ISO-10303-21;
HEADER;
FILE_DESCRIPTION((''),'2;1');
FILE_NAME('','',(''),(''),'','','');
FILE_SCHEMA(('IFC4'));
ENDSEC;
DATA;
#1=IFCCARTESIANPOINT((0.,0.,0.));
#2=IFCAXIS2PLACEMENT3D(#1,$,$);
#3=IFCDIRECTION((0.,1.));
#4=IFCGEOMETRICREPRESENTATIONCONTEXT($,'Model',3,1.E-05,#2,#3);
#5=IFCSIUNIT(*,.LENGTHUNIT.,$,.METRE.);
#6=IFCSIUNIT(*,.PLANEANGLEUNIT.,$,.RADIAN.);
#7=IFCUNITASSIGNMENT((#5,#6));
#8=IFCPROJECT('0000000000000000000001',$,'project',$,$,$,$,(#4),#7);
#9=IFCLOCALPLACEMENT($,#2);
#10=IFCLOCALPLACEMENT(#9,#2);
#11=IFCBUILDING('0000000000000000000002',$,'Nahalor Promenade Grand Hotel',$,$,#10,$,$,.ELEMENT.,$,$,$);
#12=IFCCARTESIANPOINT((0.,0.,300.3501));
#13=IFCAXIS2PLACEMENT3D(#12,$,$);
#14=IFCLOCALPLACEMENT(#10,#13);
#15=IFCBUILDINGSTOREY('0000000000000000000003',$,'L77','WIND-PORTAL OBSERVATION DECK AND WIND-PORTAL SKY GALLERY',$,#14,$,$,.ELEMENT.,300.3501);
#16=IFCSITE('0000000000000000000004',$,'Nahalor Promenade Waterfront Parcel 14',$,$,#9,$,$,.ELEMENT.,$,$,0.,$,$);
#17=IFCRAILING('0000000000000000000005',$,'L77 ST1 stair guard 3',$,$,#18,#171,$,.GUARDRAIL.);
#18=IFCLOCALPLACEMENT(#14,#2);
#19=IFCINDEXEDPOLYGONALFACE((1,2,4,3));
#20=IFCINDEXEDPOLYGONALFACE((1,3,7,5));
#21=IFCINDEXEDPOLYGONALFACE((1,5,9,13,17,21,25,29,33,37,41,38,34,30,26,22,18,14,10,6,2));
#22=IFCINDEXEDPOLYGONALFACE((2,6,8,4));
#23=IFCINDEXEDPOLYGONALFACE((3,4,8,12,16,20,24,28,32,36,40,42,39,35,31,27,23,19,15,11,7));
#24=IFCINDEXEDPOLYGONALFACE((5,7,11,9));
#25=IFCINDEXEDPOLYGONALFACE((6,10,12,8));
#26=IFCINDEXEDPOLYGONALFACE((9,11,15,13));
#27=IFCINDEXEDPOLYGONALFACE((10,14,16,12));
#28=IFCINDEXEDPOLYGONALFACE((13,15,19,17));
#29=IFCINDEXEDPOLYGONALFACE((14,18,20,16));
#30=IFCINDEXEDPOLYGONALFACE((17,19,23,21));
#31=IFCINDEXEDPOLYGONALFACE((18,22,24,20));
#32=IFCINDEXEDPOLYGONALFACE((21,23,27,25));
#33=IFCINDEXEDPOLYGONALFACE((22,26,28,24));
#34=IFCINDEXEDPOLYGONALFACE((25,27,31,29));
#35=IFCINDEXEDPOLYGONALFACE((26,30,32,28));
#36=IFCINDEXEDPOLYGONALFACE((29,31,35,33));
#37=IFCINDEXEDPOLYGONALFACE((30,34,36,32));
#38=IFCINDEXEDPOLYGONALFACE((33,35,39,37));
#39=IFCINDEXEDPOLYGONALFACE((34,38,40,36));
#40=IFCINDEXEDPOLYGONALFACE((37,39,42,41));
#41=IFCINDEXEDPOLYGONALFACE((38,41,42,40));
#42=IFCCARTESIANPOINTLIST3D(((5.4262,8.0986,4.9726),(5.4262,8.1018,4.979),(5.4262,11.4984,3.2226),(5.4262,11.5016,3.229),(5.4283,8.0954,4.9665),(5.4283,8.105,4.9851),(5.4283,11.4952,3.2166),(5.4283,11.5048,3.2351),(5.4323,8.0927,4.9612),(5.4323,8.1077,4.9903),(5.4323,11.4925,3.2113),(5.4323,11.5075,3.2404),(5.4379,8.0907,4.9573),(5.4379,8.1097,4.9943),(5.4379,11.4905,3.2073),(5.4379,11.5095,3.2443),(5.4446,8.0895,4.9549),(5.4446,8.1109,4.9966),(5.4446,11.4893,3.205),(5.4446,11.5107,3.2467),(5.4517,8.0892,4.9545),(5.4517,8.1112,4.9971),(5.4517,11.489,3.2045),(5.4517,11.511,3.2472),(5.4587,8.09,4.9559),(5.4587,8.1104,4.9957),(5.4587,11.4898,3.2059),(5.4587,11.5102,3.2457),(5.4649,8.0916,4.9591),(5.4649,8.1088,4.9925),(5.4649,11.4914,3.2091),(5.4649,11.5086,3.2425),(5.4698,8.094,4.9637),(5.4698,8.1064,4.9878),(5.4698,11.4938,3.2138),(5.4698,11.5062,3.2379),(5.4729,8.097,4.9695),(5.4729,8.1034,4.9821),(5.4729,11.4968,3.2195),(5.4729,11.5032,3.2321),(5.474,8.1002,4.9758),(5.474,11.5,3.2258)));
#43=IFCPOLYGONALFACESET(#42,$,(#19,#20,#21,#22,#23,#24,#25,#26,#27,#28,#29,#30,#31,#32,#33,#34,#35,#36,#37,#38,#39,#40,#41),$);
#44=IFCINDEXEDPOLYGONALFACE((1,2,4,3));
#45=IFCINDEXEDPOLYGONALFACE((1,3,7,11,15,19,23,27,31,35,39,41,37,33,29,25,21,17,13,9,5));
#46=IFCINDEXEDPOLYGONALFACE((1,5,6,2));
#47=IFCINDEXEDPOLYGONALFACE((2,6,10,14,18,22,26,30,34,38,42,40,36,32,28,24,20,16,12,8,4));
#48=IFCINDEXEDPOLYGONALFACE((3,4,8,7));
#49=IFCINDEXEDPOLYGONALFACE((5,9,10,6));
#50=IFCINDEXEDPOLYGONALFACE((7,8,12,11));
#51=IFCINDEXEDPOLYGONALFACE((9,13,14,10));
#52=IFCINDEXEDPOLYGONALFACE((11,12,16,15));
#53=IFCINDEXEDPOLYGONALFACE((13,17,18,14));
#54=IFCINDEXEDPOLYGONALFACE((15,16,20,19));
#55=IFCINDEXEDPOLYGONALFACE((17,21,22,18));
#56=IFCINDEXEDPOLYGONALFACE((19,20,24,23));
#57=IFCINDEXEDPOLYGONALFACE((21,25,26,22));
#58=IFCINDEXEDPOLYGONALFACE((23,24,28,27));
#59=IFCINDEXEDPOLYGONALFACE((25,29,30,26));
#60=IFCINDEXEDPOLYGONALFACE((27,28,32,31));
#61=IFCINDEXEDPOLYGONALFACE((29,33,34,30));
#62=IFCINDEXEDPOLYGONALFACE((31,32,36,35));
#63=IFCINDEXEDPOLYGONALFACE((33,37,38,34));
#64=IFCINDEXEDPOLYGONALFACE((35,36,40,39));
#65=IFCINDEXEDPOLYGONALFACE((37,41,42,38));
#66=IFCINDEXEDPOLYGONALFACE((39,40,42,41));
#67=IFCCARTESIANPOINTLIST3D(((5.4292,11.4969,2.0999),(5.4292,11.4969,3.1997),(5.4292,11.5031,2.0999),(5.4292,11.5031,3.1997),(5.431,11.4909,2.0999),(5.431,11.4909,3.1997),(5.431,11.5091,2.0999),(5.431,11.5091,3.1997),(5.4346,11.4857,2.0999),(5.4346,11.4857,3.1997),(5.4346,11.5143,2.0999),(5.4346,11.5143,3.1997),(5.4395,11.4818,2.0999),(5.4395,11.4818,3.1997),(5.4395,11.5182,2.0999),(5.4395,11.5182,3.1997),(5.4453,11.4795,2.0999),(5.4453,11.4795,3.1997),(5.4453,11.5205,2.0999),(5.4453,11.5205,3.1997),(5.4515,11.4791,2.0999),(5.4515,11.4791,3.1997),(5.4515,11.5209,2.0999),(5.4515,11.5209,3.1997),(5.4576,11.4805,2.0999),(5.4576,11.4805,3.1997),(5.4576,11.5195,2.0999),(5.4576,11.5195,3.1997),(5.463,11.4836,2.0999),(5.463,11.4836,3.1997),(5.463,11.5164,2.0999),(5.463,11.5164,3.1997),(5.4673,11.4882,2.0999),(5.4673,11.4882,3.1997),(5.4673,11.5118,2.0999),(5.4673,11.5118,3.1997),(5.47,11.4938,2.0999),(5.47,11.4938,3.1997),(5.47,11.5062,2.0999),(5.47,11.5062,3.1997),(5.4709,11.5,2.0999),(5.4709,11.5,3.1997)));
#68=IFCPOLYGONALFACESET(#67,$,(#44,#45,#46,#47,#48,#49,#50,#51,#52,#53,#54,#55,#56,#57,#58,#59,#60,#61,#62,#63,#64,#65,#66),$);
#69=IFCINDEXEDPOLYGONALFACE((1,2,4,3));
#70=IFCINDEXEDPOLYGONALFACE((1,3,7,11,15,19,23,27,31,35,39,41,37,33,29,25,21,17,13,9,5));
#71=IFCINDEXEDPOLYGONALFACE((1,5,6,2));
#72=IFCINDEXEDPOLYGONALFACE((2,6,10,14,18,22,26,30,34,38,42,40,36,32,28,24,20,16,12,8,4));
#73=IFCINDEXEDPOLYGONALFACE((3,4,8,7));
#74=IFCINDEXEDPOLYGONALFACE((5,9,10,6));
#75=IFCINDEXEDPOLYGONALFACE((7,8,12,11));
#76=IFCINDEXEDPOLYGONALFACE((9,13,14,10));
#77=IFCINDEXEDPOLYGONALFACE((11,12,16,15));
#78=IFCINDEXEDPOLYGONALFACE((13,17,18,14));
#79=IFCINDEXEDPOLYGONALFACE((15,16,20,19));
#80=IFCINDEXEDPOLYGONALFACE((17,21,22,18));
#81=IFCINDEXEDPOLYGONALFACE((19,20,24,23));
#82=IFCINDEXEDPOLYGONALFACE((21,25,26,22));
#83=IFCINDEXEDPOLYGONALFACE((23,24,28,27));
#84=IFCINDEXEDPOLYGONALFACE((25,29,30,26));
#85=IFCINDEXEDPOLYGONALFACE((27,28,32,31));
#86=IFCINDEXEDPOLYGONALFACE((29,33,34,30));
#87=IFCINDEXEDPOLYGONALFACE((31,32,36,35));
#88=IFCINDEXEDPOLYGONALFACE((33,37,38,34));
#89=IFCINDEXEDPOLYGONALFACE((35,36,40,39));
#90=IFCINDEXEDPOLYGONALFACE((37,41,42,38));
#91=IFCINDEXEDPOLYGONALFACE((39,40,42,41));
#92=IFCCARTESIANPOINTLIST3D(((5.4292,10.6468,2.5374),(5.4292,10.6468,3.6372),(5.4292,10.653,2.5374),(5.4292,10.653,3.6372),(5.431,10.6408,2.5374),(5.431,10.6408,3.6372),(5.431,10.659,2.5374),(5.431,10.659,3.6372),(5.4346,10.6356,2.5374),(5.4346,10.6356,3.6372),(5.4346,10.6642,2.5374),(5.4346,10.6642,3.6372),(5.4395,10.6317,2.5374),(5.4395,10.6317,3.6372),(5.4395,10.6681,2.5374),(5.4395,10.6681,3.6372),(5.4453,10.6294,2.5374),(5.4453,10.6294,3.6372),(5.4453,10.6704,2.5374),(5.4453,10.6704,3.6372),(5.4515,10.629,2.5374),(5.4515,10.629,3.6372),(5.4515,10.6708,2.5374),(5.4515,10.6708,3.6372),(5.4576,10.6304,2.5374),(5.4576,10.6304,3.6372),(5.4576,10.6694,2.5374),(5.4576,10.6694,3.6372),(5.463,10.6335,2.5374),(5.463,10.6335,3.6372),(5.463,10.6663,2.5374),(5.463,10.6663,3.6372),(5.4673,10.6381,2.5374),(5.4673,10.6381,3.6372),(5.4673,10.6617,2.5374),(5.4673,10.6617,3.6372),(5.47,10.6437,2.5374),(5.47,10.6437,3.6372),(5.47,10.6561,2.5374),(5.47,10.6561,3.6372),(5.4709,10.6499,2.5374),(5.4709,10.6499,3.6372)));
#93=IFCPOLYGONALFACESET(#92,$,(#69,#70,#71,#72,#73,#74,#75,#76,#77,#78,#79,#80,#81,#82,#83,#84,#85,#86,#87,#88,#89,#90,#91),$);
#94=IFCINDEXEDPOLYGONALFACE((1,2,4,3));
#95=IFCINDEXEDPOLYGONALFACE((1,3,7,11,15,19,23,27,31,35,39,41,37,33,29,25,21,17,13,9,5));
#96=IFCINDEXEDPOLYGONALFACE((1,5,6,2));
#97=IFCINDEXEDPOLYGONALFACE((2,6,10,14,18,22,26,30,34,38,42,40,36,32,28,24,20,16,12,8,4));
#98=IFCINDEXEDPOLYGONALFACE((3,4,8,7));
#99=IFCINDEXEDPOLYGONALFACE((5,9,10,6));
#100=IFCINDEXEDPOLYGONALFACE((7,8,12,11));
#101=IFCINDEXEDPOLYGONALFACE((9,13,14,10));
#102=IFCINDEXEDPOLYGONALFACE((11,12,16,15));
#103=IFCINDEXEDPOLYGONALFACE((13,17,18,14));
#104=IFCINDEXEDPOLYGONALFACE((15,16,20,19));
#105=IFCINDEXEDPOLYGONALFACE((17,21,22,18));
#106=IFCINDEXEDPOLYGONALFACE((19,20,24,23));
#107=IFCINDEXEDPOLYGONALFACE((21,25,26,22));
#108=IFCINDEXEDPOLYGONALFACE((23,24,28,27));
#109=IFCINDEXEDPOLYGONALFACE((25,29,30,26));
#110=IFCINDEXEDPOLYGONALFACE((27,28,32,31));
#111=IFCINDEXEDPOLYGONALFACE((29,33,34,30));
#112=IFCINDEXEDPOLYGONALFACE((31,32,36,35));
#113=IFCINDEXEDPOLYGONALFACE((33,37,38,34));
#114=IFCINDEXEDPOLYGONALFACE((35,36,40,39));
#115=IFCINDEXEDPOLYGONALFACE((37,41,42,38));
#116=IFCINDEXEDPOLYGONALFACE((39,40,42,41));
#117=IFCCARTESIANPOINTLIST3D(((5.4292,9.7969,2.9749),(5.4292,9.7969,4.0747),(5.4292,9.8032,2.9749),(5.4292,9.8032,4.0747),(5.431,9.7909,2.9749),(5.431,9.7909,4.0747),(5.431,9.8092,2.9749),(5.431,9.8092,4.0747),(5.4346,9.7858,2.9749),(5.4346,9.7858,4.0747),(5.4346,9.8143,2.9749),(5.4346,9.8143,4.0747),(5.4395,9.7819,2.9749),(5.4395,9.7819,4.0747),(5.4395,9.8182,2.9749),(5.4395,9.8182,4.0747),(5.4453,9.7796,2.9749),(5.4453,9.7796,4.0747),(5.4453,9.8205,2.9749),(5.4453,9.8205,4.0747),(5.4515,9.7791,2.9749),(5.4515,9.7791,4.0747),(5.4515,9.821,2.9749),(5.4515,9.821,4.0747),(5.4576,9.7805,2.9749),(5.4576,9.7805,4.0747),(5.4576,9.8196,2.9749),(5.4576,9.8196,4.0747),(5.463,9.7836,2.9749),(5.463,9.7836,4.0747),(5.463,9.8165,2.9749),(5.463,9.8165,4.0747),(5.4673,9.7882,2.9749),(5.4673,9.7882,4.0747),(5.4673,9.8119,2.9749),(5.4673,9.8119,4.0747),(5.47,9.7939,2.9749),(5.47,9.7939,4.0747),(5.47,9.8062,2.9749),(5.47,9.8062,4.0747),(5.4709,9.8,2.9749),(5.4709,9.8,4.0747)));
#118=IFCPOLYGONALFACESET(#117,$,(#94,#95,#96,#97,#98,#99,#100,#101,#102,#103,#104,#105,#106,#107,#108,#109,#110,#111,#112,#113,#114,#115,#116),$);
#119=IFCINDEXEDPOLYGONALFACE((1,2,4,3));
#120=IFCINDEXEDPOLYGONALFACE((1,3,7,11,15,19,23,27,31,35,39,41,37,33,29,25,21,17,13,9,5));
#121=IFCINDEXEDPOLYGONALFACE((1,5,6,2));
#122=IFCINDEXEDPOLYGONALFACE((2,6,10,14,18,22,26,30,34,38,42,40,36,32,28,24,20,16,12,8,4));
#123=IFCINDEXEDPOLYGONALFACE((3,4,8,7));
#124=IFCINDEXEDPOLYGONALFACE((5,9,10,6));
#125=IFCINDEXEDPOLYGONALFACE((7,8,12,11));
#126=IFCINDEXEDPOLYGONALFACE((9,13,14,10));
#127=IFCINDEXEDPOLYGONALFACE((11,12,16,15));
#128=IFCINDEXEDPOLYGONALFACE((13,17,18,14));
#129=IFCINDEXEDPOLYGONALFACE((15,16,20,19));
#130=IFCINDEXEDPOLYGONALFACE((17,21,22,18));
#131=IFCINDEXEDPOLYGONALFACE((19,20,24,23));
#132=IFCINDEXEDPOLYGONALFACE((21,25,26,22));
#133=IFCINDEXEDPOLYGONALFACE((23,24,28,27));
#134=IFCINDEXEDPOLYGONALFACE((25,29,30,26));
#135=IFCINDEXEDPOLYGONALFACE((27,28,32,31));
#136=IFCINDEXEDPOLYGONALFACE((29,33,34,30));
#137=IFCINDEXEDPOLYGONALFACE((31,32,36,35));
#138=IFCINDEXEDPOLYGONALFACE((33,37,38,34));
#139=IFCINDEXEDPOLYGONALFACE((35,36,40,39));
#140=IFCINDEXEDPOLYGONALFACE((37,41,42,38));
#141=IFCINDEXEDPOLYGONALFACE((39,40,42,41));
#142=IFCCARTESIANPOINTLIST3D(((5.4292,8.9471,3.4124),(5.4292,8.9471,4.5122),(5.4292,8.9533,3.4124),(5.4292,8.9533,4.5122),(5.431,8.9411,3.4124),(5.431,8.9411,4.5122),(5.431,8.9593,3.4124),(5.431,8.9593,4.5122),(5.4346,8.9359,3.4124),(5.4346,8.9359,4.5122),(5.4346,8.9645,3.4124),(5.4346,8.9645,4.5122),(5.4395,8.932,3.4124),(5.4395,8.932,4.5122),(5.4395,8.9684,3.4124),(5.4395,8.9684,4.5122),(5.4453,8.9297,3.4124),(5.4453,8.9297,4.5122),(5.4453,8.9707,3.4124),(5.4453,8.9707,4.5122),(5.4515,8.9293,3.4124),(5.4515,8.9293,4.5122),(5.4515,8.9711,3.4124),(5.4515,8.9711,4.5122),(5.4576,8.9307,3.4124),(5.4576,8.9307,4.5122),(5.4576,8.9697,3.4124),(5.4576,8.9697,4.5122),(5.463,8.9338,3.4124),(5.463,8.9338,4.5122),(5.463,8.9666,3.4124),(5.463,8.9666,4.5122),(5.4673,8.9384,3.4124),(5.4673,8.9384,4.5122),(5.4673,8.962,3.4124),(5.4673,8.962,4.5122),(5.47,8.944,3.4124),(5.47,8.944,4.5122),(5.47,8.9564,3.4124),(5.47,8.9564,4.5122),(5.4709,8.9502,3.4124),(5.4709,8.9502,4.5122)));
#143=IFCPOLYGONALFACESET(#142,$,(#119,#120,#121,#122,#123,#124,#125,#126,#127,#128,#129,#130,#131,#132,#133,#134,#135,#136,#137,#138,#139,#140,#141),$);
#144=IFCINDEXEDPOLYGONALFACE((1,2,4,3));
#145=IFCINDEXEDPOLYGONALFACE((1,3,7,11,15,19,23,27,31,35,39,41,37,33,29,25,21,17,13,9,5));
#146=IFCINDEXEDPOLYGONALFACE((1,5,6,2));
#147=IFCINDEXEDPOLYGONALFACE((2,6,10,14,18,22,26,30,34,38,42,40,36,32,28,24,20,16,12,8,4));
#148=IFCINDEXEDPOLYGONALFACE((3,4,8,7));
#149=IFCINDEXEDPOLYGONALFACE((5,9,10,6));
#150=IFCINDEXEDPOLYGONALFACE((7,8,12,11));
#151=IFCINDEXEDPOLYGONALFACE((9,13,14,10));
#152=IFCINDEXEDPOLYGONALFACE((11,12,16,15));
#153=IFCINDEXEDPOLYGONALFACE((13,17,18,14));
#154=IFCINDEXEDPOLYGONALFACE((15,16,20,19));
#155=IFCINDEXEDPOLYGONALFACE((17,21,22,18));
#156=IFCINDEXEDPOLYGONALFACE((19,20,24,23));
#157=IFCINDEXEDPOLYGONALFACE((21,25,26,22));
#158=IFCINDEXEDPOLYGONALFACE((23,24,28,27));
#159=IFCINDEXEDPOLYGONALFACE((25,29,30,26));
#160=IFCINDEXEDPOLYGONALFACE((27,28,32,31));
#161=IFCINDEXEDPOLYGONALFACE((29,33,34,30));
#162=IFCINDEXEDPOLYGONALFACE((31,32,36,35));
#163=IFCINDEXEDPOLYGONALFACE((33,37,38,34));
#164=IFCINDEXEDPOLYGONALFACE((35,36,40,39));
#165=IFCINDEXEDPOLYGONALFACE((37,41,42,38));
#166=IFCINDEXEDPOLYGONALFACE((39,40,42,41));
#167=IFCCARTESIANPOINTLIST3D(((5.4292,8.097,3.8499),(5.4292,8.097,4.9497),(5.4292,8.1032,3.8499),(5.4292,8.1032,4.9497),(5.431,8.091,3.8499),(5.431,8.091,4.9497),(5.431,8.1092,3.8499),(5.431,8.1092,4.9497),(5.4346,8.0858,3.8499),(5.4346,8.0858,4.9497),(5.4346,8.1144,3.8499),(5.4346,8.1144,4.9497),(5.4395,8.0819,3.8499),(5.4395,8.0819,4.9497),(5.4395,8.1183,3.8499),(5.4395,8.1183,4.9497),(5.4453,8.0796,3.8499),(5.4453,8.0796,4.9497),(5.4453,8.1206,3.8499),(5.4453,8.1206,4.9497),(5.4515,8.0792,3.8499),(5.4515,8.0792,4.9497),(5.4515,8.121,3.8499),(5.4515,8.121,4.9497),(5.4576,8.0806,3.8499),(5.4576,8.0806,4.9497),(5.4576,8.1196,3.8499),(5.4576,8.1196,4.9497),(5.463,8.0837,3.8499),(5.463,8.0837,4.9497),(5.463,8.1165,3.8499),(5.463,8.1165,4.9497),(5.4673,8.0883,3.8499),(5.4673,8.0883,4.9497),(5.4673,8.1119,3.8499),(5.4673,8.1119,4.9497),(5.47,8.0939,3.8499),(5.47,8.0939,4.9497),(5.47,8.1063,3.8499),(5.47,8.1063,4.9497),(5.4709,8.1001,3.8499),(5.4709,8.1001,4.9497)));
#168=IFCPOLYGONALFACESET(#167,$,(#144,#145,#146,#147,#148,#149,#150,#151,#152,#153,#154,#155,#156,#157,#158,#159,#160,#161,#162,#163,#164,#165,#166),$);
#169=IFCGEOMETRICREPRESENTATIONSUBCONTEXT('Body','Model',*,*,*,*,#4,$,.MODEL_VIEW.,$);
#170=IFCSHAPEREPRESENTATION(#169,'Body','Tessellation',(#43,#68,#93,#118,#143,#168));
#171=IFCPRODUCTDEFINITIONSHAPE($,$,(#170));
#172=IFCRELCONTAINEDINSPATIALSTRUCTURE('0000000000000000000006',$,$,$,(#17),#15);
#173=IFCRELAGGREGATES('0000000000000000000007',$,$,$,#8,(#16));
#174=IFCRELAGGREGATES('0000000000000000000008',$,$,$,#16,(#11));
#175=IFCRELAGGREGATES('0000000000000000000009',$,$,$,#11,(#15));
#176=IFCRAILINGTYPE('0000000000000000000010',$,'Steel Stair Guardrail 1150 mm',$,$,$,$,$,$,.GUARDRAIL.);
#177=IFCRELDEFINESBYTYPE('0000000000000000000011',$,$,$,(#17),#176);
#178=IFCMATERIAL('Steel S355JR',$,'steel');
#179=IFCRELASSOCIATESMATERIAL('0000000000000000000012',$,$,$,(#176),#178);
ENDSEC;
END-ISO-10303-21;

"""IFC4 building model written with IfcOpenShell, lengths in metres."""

from ifc_helpers import new_model, si_unit, direction, frame, origin, origin_2d, place, context, subcontext, project, spatial, circle, extrude, material, type_object, element, save


model = new_model("IFC4")

# Units and contexts
model_context = context("Model", 3, precision=1e-05, world=origin(), true_north=direction((0.0, 1.0)))
body_context = subcontext(model_context, "Body", "Model", "MODEL_VIEW")
ifc_project = project(units=[si_unit("LENGTHUNIT", "METRE"), si_unit("PLANEANGLEUNIT", "RADIAN")], contexts=[model_context])

# Site, building, storey
site_placement = place(None, origin())
site = spatial("IfcSite", under=ifc_project, at=site_placement, Name="Nahalor Promenade Waterfront Parcel 14", CompositionType="ELEMENT", RefElevation=0.0)
building_placement = place(site_placement, origin())
building = spatial("IfcBuilding", under=site, at=building_placement, Name="Nahalor Promenade Grand Hotel", CompositionType="ELEMENT")
storey_placement = place(building_placement, frame((0.0, 0.0, 300.3501)))
storey = spatial("IfcBuildingStorey", under=building, at=storey_placement, Name="L77", Description="WIND-PORTAL OBSERVATION DECK AND WIND-PORTAL SKY GALLERY", CompositionType="ELEMENT", Elevation=300.3501)

# Shared definitions
ifc_material_1 = material(Name="Steel S355JR", Category="steel")

# Railing
railing_type_1 = type_object("IfcRailingType", Name="Steel Stair Guardrail 1150 mm", PredefinedType="GUARDRAIL", material=ifc_material_1)
railing_1_placement = place(storey_placement, frame((5.45, 11.5, 2.0999)))
element("IfcRailing", 1, at=railing_1_placement, inside=storey, type_object=railing_type_1, Name="L77 ST1 stair guard 3", PredefinedType="GUARDRAIL", context=body_context, shape_type="SweptSolid", body=[
    extrude(circle(Radius=0.024, at=origin_2d()), frame((0.0, 0.0, 1.126), z_axis=(0.0, -0.88913, 0.457654), x_axis=(1.0, 0.0, 0.0)), (0.0, 0.0, 1.0), 3.8237),
    extrude(circle(Radius=0.021, at=origin_2d()), origin(), (0.0, 0.0, 1.0), 1.0999),
    extrude(circle(Radius=0.021, at=origin_2d()), frame((0.0, -0.8501, 0.4375)), (0.0, 0.0, 1.0), 1.0999),
    extrude(circle(Radius=0.021, at=origin_2d()), frame((0.0, -1.7, 0.875)), (0.0, 0.0, 1.0), 1.0999),
    extrude(circle(Radius=0.021, at=origin_2d()), frame((0.0, -2.5498, 1.3125)), (0.0, 0.0, 1.0), 1.0999),
    extrude(circle(Radius=0.021, at=origin_2d()), frame((0.0, -3.3999, 1.75)), (0.0, 0.0, 1.0), 1.0999),
])

save(model, "model.ifc")
